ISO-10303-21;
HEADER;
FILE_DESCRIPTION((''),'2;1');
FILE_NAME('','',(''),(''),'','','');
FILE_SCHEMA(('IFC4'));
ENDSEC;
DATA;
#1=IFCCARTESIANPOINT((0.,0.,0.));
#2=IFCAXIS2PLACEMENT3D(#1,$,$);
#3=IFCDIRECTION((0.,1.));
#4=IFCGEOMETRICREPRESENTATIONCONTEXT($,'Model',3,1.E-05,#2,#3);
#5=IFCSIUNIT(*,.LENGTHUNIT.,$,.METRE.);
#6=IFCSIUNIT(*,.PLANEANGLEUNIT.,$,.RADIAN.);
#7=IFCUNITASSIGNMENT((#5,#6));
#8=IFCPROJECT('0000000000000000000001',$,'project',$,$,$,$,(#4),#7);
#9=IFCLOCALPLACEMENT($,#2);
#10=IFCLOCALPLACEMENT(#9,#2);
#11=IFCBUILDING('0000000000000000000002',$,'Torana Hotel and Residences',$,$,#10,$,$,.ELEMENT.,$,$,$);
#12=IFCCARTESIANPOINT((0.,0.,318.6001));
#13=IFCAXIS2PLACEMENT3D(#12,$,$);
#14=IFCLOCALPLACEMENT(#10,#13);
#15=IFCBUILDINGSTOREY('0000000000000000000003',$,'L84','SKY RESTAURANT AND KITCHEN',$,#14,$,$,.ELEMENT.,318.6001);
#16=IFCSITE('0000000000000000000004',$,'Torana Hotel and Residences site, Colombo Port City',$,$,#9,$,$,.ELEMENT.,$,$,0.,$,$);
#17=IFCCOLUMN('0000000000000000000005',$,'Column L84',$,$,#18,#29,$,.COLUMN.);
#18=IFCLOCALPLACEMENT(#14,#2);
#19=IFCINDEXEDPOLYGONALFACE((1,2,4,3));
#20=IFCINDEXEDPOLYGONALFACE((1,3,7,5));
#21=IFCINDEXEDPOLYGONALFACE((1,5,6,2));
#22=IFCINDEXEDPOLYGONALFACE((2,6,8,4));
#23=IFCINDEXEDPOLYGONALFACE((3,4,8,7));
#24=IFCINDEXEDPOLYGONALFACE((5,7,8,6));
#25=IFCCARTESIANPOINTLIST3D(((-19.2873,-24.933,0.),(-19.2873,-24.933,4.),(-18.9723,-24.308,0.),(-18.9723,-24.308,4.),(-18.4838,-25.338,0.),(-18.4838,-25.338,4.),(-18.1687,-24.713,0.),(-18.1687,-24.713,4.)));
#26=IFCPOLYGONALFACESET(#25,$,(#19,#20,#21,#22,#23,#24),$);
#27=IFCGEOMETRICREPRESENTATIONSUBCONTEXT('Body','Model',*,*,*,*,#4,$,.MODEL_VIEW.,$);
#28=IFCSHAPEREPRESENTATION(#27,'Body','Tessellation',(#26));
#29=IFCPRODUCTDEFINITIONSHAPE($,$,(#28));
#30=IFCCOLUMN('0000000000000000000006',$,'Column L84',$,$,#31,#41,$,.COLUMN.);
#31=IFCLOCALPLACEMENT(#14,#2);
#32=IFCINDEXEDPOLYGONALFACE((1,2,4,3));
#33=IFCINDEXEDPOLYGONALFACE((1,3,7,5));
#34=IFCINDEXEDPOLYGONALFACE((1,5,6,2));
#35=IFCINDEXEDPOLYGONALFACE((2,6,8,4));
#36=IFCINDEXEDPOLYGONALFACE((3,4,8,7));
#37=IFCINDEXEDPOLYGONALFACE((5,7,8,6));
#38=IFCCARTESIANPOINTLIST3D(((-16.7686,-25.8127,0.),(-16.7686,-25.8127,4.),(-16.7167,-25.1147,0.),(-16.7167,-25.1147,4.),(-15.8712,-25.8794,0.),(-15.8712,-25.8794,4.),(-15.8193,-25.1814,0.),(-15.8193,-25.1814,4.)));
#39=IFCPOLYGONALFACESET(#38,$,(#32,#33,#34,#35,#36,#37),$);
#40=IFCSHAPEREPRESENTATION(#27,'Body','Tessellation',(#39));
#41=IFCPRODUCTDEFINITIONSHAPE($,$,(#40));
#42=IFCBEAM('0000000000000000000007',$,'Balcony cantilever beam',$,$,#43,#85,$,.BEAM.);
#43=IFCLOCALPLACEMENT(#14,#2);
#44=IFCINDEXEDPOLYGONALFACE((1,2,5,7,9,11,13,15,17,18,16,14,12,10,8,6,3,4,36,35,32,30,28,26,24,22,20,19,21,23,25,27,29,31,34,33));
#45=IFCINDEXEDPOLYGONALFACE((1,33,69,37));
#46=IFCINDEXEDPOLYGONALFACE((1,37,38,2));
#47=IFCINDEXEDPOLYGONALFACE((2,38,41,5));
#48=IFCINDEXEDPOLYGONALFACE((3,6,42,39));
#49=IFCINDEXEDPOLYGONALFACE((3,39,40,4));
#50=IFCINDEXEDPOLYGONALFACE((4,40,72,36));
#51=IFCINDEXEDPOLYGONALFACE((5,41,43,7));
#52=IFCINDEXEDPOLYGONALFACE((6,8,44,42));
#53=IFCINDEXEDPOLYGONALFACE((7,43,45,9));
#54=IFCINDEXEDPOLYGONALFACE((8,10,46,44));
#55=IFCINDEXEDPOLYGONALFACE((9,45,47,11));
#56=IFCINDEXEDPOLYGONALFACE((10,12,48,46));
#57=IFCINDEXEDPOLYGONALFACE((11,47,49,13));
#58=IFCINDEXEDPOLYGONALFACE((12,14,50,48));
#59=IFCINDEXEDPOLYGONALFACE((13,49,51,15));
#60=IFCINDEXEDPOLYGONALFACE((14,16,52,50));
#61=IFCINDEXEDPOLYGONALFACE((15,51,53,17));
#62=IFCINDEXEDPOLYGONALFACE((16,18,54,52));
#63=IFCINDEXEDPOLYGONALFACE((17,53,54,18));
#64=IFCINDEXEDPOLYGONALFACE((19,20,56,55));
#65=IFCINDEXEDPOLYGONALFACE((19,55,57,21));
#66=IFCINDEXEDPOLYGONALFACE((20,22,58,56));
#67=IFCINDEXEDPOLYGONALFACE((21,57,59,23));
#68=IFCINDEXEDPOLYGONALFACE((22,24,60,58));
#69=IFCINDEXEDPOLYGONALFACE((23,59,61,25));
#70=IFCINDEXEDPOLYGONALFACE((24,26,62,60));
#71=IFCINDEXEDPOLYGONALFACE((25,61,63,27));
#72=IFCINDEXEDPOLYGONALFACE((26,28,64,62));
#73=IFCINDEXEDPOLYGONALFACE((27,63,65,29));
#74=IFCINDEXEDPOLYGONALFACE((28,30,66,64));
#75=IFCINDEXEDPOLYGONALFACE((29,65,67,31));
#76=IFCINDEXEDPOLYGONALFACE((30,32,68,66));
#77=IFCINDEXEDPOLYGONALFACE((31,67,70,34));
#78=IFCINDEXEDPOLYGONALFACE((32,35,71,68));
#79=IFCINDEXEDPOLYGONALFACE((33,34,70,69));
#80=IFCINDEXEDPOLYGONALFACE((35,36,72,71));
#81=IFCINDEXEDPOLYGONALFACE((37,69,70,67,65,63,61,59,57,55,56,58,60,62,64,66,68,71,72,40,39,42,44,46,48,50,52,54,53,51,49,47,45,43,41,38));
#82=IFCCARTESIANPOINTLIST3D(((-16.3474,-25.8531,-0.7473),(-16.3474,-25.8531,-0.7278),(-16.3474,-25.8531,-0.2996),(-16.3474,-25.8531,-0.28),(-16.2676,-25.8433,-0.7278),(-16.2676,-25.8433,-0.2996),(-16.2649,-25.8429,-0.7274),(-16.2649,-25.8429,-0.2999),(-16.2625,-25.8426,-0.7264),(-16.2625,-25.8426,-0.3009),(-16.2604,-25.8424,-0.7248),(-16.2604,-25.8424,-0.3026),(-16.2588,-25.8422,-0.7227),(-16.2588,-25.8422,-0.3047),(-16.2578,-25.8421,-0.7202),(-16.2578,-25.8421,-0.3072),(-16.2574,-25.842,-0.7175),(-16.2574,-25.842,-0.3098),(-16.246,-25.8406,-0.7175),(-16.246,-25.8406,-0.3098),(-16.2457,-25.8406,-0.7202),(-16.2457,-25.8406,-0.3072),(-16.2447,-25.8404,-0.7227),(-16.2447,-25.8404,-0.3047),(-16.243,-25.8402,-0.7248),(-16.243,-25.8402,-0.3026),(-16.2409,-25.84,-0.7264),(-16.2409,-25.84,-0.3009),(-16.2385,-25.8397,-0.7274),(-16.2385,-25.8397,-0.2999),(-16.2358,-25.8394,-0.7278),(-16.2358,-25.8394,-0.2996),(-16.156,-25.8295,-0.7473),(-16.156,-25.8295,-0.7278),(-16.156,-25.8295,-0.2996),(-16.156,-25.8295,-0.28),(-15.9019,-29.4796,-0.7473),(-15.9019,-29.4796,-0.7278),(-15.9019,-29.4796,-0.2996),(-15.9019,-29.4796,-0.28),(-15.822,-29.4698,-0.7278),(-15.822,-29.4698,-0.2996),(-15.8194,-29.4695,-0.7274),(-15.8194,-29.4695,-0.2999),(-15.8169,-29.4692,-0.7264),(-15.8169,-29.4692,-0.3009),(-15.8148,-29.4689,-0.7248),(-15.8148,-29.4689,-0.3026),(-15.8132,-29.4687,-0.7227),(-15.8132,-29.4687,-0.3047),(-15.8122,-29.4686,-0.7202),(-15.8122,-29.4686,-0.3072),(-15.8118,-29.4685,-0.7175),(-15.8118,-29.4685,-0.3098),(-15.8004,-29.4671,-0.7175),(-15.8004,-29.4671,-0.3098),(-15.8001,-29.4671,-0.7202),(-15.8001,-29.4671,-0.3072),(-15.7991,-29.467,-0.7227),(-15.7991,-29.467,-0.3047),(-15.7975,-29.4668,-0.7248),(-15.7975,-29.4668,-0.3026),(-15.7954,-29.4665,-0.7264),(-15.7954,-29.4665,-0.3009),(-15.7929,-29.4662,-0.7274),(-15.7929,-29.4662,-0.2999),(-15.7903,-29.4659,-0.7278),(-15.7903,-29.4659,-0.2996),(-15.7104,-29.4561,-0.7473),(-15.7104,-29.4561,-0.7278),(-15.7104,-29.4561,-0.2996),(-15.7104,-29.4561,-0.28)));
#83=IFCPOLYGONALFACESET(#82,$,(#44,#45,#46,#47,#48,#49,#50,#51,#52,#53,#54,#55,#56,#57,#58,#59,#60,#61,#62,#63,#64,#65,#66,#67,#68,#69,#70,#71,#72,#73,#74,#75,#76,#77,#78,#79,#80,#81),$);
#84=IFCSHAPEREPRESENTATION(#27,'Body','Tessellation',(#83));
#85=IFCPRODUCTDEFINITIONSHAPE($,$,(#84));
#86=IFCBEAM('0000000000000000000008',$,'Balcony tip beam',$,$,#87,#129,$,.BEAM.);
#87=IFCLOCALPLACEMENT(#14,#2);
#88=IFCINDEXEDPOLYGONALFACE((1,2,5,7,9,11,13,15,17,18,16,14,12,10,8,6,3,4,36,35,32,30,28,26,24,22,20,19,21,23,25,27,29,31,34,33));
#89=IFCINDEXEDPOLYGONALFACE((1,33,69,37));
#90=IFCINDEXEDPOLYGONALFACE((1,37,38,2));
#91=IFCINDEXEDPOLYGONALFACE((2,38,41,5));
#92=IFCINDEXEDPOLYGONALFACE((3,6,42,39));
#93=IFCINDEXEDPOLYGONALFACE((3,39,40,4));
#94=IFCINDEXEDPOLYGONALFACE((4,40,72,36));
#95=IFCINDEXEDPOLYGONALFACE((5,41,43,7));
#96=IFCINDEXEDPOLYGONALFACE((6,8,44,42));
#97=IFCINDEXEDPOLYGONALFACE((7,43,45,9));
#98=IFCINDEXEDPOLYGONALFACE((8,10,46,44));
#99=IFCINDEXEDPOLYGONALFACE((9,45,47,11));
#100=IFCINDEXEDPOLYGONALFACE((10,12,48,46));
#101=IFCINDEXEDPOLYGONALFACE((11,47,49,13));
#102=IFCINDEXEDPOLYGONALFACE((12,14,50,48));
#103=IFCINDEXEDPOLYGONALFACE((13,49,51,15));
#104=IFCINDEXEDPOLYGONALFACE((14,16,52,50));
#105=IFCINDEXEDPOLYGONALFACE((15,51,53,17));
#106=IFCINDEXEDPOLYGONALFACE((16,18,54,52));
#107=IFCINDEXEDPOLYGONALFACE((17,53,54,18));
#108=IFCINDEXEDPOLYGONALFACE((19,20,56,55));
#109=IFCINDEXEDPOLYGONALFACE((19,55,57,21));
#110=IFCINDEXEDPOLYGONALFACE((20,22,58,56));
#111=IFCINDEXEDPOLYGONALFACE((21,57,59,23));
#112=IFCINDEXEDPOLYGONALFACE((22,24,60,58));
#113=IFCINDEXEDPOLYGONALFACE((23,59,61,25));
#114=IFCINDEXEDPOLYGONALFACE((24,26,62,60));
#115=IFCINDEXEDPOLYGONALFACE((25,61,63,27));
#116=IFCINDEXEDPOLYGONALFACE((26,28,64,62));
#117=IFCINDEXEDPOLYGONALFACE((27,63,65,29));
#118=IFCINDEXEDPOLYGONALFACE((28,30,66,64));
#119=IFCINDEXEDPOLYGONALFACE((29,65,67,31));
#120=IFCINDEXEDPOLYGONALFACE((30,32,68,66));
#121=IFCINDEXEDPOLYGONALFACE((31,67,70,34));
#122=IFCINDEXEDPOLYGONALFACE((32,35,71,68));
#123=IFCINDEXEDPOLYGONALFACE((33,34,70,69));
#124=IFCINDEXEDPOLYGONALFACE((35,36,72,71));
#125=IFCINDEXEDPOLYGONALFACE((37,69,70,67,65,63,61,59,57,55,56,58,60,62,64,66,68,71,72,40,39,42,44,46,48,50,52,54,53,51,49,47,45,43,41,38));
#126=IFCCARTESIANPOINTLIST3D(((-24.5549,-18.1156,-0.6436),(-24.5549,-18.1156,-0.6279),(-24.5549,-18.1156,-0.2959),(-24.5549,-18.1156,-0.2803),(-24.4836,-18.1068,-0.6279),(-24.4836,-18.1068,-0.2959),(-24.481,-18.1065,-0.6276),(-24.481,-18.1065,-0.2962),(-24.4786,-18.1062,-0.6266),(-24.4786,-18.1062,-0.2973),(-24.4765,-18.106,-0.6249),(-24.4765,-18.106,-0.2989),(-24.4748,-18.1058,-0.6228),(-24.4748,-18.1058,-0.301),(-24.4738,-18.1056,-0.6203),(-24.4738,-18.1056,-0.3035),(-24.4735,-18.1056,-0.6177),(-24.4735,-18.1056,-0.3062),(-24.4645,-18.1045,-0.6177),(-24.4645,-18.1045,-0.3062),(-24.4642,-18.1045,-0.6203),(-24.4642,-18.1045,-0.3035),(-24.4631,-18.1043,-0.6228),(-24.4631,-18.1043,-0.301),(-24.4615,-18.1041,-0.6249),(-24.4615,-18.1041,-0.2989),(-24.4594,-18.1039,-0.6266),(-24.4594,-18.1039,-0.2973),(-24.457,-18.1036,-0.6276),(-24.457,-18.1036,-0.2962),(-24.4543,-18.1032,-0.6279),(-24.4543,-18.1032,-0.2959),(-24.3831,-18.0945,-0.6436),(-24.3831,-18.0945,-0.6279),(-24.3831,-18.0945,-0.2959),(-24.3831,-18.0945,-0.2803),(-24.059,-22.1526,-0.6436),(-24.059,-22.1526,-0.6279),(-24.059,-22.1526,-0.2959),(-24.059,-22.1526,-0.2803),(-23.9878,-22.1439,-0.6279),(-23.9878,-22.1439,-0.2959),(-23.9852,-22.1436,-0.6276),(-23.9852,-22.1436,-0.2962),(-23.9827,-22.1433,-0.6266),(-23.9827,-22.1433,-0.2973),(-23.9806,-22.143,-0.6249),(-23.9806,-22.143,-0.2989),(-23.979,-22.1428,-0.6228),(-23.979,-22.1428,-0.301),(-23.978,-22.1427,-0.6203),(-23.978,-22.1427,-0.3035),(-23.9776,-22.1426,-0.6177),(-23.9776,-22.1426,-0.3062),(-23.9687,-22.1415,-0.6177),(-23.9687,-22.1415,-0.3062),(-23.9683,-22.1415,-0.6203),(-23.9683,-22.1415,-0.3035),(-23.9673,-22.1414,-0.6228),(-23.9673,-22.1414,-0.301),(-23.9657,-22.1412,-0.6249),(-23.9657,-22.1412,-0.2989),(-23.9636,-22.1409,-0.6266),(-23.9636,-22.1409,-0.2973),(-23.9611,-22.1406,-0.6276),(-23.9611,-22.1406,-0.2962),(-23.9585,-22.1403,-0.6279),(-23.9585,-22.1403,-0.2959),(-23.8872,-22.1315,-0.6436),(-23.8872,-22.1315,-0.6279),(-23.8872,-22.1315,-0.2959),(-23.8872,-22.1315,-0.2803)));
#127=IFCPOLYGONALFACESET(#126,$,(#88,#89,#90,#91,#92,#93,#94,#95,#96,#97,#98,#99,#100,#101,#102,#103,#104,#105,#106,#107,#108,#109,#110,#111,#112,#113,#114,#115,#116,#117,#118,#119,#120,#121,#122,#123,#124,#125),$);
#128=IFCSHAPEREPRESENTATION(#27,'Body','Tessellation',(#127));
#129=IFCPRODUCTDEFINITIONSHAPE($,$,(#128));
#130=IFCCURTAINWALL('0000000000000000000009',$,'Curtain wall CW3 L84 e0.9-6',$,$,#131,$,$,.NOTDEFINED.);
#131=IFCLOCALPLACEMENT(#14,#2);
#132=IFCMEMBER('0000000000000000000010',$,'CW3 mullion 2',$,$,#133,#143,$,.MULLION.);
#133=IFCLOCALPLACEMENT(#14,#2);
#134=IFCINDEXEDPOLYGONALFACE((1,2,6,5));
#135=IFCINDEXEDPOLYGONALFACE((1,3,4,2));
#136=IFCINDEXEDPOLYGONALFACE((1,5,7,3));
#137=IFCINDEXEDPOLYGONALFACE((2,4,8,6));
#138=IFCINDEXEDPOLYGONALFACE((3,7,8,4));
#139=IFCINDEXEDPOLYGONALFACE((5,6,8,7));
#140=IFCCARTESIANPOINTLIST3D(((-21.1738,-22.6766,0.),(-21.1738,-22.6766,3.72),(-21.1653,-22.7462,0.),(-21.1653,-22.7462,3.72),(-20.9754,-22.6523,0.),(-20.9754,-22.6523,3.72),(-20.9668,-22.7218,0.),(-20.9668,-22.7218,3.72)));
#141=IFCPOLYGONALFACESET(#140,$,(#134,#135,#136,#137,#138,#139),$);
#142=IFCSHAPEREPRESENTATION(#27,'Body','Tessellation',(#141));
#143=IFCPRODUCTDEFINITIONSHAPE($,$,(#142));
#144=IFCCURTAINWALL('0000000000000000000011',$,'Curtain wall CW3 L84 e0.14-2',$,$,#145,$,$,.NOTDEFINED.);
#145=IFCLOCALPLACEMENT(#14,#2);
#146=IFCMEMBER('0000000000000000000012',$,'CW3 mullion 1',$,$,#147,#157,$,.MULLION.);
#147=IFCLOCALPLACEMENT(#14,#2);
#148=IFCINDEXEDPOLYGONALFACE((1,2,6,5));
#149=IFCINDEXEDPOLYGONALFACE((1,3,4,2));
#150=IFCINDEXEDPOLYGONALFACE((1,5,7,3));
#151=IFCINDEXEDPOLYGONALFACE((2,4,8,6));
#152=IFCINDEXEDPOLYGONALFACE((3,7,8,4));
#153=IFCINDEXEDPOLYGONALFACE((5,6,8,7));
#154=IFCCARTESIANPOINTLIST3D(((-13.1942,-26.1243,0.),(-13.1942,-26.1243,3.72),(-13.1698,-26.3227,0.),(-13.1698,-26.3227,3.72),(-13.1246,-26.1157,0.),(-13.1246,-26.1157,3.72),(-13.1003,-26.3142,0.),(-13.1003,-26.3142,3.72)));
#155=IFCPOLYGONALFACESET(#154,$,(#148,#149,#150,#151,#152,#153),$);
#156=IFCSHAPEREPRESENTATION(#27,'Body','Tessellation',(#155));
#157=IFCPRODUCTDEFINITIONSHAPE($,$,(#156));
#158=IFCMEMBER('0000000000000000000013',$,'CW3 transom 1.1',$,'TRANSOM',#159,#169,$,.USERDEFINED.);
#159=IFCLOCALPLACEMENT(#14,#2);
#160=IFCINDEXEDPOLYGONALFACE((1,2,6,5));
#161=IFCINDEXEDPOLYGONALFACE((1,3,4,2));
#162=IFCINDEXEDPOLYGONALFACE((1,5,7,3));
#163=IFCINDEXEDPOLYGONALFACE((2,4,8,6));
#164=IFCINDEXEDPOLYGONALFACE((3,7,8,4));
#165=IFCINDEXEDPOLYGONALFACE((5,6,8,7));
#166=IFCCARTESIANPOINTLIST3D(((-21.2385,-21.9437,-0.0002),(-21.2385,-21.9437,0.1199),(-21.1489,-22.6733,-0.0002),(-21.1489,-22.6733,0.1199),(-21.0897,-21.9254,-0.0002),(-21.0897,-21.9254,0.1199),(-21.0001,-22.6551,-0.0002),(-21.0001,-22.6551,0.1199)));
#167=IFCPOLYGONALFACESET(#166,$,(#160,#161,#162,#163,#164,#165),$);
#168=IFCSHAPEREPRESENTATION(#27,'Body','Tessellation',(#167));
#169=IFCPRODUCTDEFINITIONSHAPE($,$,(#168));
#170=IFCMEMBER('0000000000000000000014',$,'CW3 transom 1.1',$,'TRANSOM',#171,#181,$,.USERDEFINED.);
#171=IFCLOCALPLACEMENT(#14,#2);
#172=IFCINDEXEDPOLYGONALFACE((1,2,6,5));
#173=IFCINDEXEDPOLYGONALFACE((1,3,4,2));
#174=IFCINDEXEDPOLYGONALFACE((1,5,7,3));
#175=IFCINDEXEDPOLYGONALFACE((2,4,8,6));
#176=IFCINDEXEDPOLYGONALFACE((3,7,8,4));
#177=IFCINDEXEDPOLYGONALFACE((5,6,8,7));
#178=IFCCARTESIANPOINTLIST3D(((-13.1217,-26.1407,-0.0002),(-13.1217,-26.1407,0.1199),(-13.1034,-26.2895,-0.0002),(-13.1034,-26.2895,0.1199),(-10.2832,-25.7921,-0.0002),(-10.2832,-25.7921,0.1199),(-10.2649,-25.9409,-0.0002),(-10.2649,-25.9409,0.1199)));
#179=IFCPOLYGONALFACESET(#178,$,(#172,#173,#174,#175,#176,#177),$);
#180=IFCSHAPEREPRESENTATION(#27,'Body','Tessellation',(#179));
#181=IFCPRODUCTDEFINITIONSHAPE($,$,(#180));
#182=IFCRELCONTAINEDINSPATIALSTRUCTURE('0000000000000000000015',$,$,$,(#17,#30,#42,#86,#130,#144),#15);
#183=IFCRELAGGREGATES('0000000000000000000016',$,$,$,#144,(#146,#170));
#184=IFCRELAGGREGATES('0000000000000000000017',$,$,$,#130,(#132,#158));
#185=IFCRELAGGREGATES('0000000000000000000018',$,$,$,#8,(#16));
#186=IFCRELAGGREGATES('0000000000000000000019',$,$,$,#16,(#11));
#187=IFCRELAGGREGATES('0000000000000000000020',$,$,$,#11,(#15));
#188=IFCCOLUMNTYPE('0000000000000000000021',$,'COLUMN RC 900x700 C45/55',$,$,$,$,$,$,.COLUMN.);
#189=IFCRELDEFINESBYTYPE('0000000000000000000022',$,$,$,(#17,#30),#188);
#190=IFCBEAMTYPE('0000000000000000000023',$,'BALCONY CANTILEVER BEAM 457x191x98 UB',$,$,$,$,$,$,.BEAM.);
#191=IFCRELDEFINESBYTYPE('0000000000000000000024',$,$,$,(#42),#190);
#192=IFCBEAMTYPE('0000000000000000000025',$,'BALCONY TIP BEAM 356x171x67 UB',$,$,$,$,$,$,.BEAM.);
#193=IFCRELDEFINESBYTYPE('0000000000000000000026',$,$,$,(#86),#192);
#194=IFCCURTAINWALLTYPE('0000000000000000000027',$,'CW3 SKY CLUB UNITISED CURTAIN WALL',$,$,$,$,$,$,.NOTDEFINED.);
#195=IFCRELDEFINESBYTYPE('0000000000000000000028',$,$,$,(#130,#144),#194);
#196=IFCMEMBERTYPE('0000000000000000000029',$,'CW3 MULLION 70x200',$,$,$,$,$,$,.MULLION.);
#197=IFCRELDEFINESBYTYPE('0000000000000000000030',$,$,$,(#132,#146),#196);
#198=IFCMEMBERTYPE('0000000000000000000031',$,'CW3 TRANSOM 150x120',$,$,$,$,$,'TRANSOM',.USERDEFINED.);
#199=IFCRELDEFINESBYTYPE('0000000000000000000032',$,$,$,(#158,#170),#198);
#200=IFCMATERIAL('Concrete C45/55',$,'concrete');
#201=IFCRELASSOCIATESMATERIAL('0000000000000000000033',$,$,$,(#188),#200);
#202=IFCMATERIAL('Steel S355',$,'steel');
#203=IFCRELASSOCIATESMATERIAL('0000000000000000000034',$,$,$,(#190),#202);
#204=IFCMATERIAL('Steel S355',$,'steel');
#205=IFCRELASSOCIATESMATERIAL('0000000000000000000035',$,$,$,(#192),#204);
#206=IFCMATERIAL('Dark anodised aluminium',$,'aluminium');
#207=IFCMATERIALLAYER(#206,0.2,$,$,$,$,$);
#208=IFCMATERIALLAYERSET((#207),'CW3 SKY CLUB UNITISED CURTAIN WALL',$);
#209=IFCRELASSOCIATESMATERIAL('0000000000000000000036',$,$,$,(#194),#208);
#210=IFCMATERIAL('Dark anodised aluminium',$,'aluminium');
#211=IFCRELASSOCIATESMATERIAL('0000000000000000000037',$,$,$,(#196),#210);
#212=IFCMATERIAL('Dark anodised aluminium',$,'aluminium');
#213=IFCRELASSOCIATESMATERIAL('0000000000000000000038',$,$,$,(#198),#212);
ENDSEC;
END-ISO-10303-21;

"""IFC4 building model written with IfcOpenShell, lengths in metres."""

from ifc_helpers import new_model, si_unit, direction, frame, origin, origin_2d, place, context, subcontext, project, spatial, rectangle, i_section, extrude, material, layer, layer_set, material_profile, profile_set, type_object, element, aggregate, save


model = new_model("IFC4")

# Units and contexts
model_context = context("Model", 3, precision=1e-05, world=origin(), true_north=direction((0.0, 1.0)))
body_context = subcontext(model_context, "Body", "Model", "MODEL_VIEW")
ifc_project = project(units=[si_unit("LENGTHUNIT", "METRE"), si_unit("PLANEANGLEUNIT", "RADIAN")], contexts=[model_context])

# Site, building, storey
site_placement = place(None, origin())
site = spatial("IfcSite", under=ifc_project, at=site_placement, Name="Torana Hotel and Residences site, Colombo Port City", CompositionType="ELEMENT", RefElevation=0.0)
building_placement = place(site_placement, origin())
building = spatial("IfcBuilding", under=site, at=building_placement, Name="Torana Hotel and Residences", CompositionType="ELEMENT")
storey_placement = place(building_placement, frame((0.0, 0.0, 318.6001)))
storey = spatial("IfcBuildingStorey", under=building, at=storey_placement, Name="L84", Description="SKY RESTAURANT AND KITCHEN", CompositionType="ELEMENT", Elevation=318.6001)

# Columns
ifc_material_1 = material(Name="Concrete C45/55", Category="concrete")
ifc_material_profile_1 = material_profile(ifc_material_1, rectangle(XDim=0.8999, YDim=0.7, at=origin_2d()), Name="RC 900x700")
ifc_profile_set_1 = profile_set([ifc_material_profile_1], Name="Concrete C45/55")
column_type = type_object("IfcColumnType", Name="COLUMN RC 900x700 C45/55", PredefinedType="COLUMN", material=ifc_profile_set_1)
for number, where, z_axis, x_axis, name in (
    (1, (-18.728, -24.823, 0.0), (0.0, 0.0, 1.0), (-0.892979, 0.450098, 0.0), "Column L84"),
    (2, (-16.2939, -25.4971, 0.0), (0.0, 0.0, 1.0), (-0.997251, 0.074091, 0.0), "Column L84"),
):
    element("IfcColumn", number, at=place(storey_placement, frame(where, z_axis=z_axis, x_axis=x_axis)), inside=storey, type_object=column_type, Name=name, PredefinedType="COLUMN", context=body_context, shape_type="SweptSolid", body=[
        extrude(rectangle(XDim=0.8999, YDim=0.7, at=origin_2d()), origin(), (0.0, 0.0, 1.0), 4.0),
    ])

# Beams
ifc_material_2 = material(Name="Steel S355", Category="steel")
ifc_material_profile_2 = material_profile(ifc_material_2, i_section(OverallWidth=0.1929, OverallDepth=0.4673, WebThickness=0.0115, FlangeThickness=0.0195, FilletRadius=0.0103, at=origin_2d()), Name="457x191x98 UB")
ifc_profile_set_2 = profile_set([ifc_material_profile_2], Name="Steel S355")
beam_type_1 = type_object("IfcBeamType", Name="BALCONY CANTILEVER BEAM 457x191x98 UB", PredefinedType="BEAM", material=ifc_profile_set_2)
beam_1_placement = place(storey_placement, frame((-16.2517, -25.8413, -0.5137), z_axis=(0.121946, -0.992537, 0.0), x_axis=(0.992537, 0.121946, 0.0)))
element("IfcBeam", 3, at=beam_1_placement, inside=storey, type_object=beam_type_1, Name="Balcony cantilever beam", PredefinedType="BEAM", context=body_context, shape_type="SweptSolid", body=[
    extrude(i_section(OverallWidth=0.1929, OverallDepth=0.4673, WebThickness=0.0115, FlangeThickness=0.0195, FilletRadius=0.0103, at=origin_2d()), origin(), (0.0, 0.0, 1.0), 3.6538),
])
ifc_material_3 = material(Name="Steel S355", Category="steel")
ifc_material_profile_3 = material_profile(ifc_material_3, i_section(OverallWidth=0.1731, OverallDepth=0.3633, WebThickness=0.009, FlangeThickness=0.0156, FilletRadius=0.0103, at=origin_2d()), Name="356x171x67 UB")
ifc_profile_set_3 = profile_set([ifc_material_profile_3], Name="Steel S355")
beam_type_2 = type_object("IfcBeamType", Name="BALCONY TIP BEAM 356x171x67 UB", PredefinedType="BEAM", material=ifc_profile_set_3)
beam_2_placement = place(storey_placement, frame((-23.9731, -22.1421, -0.4619), z_axis=(-0.121907, 0.992542, 0.0), x_axis=(-0.992542, -0.121907, 0.0)))
element("IfcBeam", 4, at=beam_2_placement, inside=storey, type_object=beam_type_2, Name="Balcony tip beam", PredefinedType="BEAM", context=body_context, shape_type="SweptSolid", body=[
    extrude(i_section(OverallWidth=0.1731, OverallDepth=0.3633, WebThickness=0.009, FlangeThickness=0.0156, FilletRadius=0.0103, at=origin_2d()), origin(), (0.0, 0.0, 1.0), 4.0674),
])

# Curtain walls, members
ifc_material_4 = material(Name="Dark anodised aluminium", Category="aluminium")
ifc_layer_1 = layer(ifc_material_4, 0.2)
ifc_layer_set_1 = layer_set([ifc_layer_1], Name="CW3 SKY CLUB UNITISED CURTAIN WALL")
curtain_wall_type = type_object("IfcCurtainWallType", Name="CW3 SKY CLUB UNITISED CURTAIN WALL", PredefinedType="NOTDEFINED", material=ifc_layer_set_1)
curtain_wall_1_placement = place(storey_placement, origin())
curtain_wall_1 = element("IfcCurtainWall", 5, at=curtain_wall_1_placement, inside=storey, type_object=curtain_wall_type, Name="Curtain wall CW3 L84 e0.9-6", PredefinedType="NOTDEFINED")
ifc_material_5 = material(Name="Dark anodised aluminium", Category="aluminium")
ifc_material_profile_4 = material_profile(ifc_material_5, rectangle(XDim=0.2, YDim=0.0701, at=origin_2d()), Name="CW3 MULLION 70x200")
ifc_profile_set_4 = profile_set([ifc_material_profile_4], Name="Dark anodised aluminium")
member_type_1 = type_object("IfcMemberType", Name="CW3 MULLION 70x200", PredefinedType="MULLION", material=ifc_profile_set_4)
member_1_placement = place(storey_placement, frame((-21.0703, -22.6992, 0.0), z_axis=(0.0, 0.0, 1.0), x_axis=(0.992544, 0.121883, 0.0)))
member_1 = element("IfcMember", 6, at=member_1_placement, type_object=member_type_1, Name="CW3 mullion 2", PredefinedType="MULLION", context=body_context, shape_type="SweptSolid", body=[
    extrude(rectangle(XDim=0.2, YDim=0.0701, at=origin_2d()), origin(), (0.0, 0.0, 1.0), 3.72),
])
curtain_wall_2_placement = place(storey_placement, origin())
curtain_wall_2 = element("IfcCurtainWall", 7, at=curtain_wall_2_placement, inside=storey, type_object=curtain_wall_type, Name="Curtain wall CW3 L84 e0.14-2", PredefinedType="NOTDEFINED")
member_2_placement = place(storey_placement, frame((-13.1472, -26.2192, 0.0), z_axis=(0.0, 0.0, 1.0), x_axis=(-0.121868, 0.992546, 0.0)))
member_2 = element("IfcMember", 8, at=member_2_placement, type_object=member_type_1, Name="CW3 mullion 1", PredefinedType="MULLION", context=body_context, shape_type="SweptSolid", body=[
    extrude(rectangle(XDim=0.2, YDim=0.0701, at=origin_2d()), origin(), (0.0, 0.0, 1.0), 3.72),
])

# Members
ifc_material_6 = material(Name="Dark anodised aluminium", Category="aluminium")
ifc_material_profile_5 = material_profile(ifc_material_6, rectangle(XDim=0.1499, YDim=0.1201, at=origin_2d()), Name="CW3 TRANSOM 150x120")
ifc_profile_set_5 = profile_set([ifc_material_profile_5], Name="Dark anodised aluminium")
member_type_2 = type_object("IfcMemberType", Name="CW3 TRANSOM 150x120", ElementType="TRANSOM", PredefinedType="USERDEFINED", material=ifc_profile_set_5)
member_3_placement = place(storey_placement, frame((-21.1641, -21.9346, 0.0598), z_axis=(0.121868, -0.992546, 0.0), x_axis=(0.992546, 0.121868, 0.0)))
member_3 = element("IfcMember", 9, at=member_3_placement, type_object=member_type_2, Name="CW3 transom 1.1", ObjectType="TRANSOM", PredefinedType="USERDEFINED", context=body_context, shape_type="SweptSolid", body=[
    extrude(rectangle(XDim=0.1499, YDim=0.1201, at=origin_2d()), origin(), (0.0, 0.0, 1.0), 0.7351),
])
member_4_placement = place(storey_placement, frame((-13.1125, -26.2151, 0.0598), z_axis=(0.992542, 0.121902, 0.0), x_axis=(-0.121902, 0.992542, 0.0)))
member_4 = element("IfcMember", 10, at=member_4_placement, type_object=member_type_2, Name="CW3 transom 1.1", ObjectType="TRANSOM", PredefinedType="USERDEFINED", context=body_context, shape_type="SweptSolid", body=[
    extrude(rectangle(XDim=0.1499, YDim=0.1201, at=origin_2d()), origin(), (0.0, 0.0, 1.0), 2.8599),
])
aggregate(curtain_wall_2, [member_2, member_4])

aggregate(curtain_wall_1, [member_1, member_3])

save(model, "model.ifc")
